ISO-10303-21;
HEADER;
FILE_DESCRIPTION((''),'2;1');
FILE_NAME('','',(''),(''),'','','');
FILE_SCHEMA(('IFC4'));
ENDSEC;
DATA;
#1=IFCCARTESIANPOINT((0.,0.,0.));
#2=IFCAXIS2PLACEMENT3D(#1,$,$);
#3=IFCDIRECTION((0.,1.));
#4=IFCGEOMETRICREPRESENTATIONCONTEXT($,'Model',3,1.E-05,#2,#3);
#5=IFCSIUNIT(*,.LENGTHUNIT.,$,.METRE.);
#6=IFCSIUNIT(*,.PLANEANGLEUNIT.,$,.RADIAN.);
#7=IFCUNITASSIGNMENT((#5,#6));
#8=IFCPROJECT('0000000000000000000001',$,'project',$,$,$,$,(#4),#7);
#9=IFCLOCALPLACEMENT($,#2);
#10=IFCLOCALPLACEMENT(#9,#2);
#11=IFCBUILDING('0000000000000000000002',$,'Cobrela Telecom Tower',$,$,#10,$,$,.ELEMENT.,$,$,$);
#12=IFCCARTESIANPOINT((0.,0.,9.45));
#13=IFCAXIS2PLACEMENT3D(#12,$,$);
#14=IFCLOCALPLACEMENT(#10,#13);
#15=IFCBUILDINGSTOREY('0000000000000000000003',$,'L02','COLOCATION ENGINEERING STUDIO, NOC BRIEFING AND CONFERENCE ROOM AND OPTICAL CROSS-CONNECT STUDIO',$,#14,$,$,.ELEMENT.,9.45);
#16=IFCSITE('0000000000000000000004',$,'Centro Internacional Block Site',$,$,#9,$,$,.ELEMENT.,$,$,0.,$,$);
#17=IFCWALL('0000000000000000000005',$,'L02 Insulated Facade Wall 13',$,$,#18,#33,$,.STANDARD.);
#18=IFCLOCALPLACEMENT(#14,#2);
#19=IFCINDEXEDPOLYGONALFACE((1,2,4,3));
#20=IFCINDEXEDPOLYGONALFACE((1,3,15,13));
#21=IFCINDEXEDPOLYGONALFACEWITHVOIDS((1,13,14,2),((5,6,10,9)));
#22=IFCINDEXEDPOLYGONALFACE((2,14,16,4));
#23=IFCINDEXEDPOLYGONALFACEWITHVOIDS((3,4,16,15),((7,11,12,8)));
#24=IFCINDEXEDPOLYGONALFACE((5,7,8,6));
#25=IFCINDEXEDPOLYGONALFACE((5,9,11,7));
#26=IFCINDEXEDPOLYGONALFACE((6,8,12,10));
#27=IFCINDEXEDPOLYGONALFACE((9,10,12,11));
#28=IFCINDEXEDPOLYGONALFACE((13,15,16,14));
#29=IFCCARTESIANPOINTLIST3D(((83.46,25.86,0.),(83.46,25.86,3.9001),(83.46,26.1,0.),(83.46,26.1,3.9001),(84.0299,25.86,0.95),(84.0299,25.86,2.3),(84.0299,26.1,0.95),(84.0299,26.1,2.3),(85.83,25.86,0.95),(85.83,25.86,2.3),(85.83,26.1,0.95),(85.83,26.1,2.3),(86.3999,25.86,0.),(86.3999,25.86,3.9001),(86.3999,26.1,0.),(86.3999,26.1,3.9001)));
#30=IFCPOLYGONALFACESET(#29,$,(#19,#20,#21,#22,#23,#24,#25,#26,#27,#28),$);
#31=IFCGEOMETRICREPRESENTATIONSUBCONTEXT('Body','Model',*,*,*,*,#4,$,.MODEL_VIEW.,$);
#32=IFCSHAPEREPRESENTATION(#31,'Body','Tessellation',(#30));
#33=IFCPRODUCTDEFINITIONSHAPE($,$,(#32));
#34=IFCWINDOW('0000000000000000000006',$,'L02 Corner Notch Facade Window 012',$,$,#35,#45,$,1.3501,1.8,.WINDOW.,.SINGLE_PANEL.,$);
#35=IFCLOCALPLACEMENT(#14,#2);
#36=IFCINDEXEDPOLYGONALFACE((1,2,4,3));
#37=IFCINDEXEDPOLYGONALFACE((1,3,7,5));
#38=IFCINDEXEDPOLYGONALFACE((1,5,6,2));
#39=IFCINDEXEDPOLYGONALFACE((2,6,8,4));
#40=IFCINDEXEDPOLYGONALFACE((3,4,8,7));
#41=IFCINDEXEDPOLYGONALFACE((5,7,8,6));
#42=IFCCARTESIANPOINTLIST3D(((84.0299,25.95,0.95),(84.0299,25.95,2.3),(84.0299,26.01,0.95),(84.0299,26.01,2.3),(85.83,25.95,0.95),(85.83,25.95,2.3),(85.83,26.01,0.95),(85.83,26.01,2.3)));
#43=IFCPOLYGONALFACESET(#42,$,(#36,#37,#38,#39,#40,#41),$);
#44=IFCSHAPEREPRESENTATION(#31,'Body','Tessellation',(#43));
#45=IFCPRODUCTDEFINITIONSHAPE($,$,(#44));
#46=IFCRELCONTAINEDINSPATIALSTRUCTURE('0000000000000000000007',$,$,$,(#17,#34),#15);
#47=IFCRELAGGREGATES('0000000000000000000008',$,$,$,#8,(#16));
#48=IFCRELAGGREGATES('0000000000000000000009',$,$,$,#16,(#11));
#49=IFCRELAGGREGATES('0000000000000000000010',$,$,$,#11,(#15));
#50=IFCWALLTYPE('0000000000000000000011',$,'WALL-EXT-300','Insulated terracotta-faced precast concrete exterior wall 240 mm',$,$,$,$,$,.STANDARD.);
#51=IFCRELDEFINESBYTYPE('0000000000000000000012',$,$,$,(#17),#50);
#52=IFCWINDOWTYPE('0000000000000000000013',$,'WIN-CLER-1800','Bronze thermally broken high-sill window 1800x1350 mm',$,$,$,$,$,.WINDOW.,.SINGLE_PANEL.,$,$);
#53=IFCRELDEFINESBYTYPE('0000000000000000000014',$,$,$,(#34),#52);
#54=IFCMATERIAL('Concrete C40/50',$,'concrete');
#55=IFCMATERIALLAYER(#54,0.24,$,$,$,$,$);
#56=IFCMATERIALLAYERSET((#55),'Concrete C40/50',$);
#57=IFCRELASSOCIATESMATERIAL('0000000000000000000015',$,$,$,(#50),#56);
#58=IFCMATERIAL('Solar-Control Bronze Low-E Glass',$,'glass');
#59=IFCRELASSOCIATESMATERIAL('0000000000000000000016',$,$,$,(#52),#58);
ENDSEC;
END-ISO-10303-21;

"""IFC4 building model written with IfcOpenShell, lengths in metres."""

from ifc_helpers import new_model, si_unit, direction, frame, frame_2d, origin, place, context, subcontext, project, spatial, rectangle, extrude, material, layer, layer_set, type_object, element, fill, save


model = new_model("IFC4")

# Units and contexts
model_context = context("Model", 3, precision=1e-05, world=origin(), true_north=direction((0.0, 1.0)))
body_context = subcontext(model_context, "Body", "Model", "MODEL_VIEW")
ifc_project = project(units=[si_unit("LENGTHUNIT", "METRE"), si_unit("PLANEANGLEUNIT", "RADIAN")], contexts=[model_context])

# Site, building, storey
site_placement = place(None, origin())
site = spatial("IfcSite", under=ifc_project, at=site_placement, Name="Centro Internacional Block Site", CompositionType="ELEMENT", RefElevation=0.0)
building_placement = place(site_placement, origin())
building = spatial("IfcBuilding", under=site, at=building_placement, Name="Cobrela Telecom Tower", CompositionType="ELEMENT")
storey_placement = place(building_placement, frame((0.0, 0.0, 9.45)))
storey = spatial("IfcBuildingStorey", under=building, at=storey_placement, Name="L02", Description="COLOCATION ENGINEERING STUDIO, NOC BRIEFING AND CONFERENCE ROOM AND OPTICAL CROSS-CONNECT STUDIO", CompositionType="ELEMENT", Elevation=9.45)

# Shared definitions
ifc_material_1 = material(Name="Concrete C40/50", Category="concrete")

# Shared definitions
ifc_material_2 = material(Name="Solar-Control Bronze Low-E Glass", Category="glass")

# Wall, opening, window
ifc_layer_1 = layer(ifc_material_1, 0.24)
ifc_layer_set_1 = layer_set([ifc_layer_1], Name="Concrete C40/50")
wall_type = type_object("IfcWallType", Name="WALL-EXT-300", Description="Insulated terracotta-faced precast concrete exterior wall 240 mm", PredefinedType="STANDARD", material=ifc_layer_set_1)
wall_1_placement = place(storey_placement, frame((83.46, 25.98, 0.0), z_axis=(0.0, 0.0, 1.0), x_axis=(1.0, 0.0, 0.0)))
wall_1 = element("IfcWall", 1, at=wall_1_placement, inside=storey, type_object=wall_type, Name="L02 Insulated Facade Wall 13", PredefinedType="STANDARD", context=body_context, shape_type="SweptSolid", body=[
    extrude(rectangle(XDim=2.9399, YDim=0.24, at=frame_2d((1.47, 0.0))), origin(), (0.0, 0.0, 1.0), 3.9001),
])
opening_1_placement = place(wall_1_placement, frame((0.5701, 0.0, 0.95)))
opening_1 = element("IfcOpeningElement", 2, at=opening_1_placement, cuts=wall_1, PredefinedType="OPENING", context=body_context, shape_type="SweptSolid", body=[
    extrude(rectangle(XDim=1.8, YDim=1.3501, at=frame_2d((0.8999, 0.675))), frame((0.0, 0.1318, 0.0), z_axis=(0.0, -1.0, 0.0), x_axis=(1.0, 0.0, 0.0)), (0.0, 0.0, 1.0), 0.2639),
])
window_type_1 = type_object("IfcWindowType", Name="WIN-CLER-1800", Description="Bronze thermally broken high-sill window 1800x1350 mm", PartitioningType="SINGLE_PANEL", PredefinedType="WINDOW", material=ifc_material_2)
window_1_placement = place(opening_1_placement, origin())
window_1 = element("IfcWindow", 3, at=window_1_placement, inside=storey, type_object=window_type_1, Name="L02 Corner Notch Facade Window 012", OverallHeight=1.3501, OverallWidth=1.8, PartitioningType="SINGLE_PANEL", PredefinedType="WINDOW", context=body_context, shape_type="SweptSolid", body=[
    extrude(rectangle(XDim=1.8, YDim=1.3501, at=frame_2d((0.8999, 0.675))), frame((0.0, 0.03, 0.0), z_axis=(0.0, -1.0, 0.0), x_axis=(1.0, 0.0, 0.0)), (0.0, 0.0, 1.0), 0.0601),
])
fill(opening_1, window_1)

save(model, "model.ifc")
